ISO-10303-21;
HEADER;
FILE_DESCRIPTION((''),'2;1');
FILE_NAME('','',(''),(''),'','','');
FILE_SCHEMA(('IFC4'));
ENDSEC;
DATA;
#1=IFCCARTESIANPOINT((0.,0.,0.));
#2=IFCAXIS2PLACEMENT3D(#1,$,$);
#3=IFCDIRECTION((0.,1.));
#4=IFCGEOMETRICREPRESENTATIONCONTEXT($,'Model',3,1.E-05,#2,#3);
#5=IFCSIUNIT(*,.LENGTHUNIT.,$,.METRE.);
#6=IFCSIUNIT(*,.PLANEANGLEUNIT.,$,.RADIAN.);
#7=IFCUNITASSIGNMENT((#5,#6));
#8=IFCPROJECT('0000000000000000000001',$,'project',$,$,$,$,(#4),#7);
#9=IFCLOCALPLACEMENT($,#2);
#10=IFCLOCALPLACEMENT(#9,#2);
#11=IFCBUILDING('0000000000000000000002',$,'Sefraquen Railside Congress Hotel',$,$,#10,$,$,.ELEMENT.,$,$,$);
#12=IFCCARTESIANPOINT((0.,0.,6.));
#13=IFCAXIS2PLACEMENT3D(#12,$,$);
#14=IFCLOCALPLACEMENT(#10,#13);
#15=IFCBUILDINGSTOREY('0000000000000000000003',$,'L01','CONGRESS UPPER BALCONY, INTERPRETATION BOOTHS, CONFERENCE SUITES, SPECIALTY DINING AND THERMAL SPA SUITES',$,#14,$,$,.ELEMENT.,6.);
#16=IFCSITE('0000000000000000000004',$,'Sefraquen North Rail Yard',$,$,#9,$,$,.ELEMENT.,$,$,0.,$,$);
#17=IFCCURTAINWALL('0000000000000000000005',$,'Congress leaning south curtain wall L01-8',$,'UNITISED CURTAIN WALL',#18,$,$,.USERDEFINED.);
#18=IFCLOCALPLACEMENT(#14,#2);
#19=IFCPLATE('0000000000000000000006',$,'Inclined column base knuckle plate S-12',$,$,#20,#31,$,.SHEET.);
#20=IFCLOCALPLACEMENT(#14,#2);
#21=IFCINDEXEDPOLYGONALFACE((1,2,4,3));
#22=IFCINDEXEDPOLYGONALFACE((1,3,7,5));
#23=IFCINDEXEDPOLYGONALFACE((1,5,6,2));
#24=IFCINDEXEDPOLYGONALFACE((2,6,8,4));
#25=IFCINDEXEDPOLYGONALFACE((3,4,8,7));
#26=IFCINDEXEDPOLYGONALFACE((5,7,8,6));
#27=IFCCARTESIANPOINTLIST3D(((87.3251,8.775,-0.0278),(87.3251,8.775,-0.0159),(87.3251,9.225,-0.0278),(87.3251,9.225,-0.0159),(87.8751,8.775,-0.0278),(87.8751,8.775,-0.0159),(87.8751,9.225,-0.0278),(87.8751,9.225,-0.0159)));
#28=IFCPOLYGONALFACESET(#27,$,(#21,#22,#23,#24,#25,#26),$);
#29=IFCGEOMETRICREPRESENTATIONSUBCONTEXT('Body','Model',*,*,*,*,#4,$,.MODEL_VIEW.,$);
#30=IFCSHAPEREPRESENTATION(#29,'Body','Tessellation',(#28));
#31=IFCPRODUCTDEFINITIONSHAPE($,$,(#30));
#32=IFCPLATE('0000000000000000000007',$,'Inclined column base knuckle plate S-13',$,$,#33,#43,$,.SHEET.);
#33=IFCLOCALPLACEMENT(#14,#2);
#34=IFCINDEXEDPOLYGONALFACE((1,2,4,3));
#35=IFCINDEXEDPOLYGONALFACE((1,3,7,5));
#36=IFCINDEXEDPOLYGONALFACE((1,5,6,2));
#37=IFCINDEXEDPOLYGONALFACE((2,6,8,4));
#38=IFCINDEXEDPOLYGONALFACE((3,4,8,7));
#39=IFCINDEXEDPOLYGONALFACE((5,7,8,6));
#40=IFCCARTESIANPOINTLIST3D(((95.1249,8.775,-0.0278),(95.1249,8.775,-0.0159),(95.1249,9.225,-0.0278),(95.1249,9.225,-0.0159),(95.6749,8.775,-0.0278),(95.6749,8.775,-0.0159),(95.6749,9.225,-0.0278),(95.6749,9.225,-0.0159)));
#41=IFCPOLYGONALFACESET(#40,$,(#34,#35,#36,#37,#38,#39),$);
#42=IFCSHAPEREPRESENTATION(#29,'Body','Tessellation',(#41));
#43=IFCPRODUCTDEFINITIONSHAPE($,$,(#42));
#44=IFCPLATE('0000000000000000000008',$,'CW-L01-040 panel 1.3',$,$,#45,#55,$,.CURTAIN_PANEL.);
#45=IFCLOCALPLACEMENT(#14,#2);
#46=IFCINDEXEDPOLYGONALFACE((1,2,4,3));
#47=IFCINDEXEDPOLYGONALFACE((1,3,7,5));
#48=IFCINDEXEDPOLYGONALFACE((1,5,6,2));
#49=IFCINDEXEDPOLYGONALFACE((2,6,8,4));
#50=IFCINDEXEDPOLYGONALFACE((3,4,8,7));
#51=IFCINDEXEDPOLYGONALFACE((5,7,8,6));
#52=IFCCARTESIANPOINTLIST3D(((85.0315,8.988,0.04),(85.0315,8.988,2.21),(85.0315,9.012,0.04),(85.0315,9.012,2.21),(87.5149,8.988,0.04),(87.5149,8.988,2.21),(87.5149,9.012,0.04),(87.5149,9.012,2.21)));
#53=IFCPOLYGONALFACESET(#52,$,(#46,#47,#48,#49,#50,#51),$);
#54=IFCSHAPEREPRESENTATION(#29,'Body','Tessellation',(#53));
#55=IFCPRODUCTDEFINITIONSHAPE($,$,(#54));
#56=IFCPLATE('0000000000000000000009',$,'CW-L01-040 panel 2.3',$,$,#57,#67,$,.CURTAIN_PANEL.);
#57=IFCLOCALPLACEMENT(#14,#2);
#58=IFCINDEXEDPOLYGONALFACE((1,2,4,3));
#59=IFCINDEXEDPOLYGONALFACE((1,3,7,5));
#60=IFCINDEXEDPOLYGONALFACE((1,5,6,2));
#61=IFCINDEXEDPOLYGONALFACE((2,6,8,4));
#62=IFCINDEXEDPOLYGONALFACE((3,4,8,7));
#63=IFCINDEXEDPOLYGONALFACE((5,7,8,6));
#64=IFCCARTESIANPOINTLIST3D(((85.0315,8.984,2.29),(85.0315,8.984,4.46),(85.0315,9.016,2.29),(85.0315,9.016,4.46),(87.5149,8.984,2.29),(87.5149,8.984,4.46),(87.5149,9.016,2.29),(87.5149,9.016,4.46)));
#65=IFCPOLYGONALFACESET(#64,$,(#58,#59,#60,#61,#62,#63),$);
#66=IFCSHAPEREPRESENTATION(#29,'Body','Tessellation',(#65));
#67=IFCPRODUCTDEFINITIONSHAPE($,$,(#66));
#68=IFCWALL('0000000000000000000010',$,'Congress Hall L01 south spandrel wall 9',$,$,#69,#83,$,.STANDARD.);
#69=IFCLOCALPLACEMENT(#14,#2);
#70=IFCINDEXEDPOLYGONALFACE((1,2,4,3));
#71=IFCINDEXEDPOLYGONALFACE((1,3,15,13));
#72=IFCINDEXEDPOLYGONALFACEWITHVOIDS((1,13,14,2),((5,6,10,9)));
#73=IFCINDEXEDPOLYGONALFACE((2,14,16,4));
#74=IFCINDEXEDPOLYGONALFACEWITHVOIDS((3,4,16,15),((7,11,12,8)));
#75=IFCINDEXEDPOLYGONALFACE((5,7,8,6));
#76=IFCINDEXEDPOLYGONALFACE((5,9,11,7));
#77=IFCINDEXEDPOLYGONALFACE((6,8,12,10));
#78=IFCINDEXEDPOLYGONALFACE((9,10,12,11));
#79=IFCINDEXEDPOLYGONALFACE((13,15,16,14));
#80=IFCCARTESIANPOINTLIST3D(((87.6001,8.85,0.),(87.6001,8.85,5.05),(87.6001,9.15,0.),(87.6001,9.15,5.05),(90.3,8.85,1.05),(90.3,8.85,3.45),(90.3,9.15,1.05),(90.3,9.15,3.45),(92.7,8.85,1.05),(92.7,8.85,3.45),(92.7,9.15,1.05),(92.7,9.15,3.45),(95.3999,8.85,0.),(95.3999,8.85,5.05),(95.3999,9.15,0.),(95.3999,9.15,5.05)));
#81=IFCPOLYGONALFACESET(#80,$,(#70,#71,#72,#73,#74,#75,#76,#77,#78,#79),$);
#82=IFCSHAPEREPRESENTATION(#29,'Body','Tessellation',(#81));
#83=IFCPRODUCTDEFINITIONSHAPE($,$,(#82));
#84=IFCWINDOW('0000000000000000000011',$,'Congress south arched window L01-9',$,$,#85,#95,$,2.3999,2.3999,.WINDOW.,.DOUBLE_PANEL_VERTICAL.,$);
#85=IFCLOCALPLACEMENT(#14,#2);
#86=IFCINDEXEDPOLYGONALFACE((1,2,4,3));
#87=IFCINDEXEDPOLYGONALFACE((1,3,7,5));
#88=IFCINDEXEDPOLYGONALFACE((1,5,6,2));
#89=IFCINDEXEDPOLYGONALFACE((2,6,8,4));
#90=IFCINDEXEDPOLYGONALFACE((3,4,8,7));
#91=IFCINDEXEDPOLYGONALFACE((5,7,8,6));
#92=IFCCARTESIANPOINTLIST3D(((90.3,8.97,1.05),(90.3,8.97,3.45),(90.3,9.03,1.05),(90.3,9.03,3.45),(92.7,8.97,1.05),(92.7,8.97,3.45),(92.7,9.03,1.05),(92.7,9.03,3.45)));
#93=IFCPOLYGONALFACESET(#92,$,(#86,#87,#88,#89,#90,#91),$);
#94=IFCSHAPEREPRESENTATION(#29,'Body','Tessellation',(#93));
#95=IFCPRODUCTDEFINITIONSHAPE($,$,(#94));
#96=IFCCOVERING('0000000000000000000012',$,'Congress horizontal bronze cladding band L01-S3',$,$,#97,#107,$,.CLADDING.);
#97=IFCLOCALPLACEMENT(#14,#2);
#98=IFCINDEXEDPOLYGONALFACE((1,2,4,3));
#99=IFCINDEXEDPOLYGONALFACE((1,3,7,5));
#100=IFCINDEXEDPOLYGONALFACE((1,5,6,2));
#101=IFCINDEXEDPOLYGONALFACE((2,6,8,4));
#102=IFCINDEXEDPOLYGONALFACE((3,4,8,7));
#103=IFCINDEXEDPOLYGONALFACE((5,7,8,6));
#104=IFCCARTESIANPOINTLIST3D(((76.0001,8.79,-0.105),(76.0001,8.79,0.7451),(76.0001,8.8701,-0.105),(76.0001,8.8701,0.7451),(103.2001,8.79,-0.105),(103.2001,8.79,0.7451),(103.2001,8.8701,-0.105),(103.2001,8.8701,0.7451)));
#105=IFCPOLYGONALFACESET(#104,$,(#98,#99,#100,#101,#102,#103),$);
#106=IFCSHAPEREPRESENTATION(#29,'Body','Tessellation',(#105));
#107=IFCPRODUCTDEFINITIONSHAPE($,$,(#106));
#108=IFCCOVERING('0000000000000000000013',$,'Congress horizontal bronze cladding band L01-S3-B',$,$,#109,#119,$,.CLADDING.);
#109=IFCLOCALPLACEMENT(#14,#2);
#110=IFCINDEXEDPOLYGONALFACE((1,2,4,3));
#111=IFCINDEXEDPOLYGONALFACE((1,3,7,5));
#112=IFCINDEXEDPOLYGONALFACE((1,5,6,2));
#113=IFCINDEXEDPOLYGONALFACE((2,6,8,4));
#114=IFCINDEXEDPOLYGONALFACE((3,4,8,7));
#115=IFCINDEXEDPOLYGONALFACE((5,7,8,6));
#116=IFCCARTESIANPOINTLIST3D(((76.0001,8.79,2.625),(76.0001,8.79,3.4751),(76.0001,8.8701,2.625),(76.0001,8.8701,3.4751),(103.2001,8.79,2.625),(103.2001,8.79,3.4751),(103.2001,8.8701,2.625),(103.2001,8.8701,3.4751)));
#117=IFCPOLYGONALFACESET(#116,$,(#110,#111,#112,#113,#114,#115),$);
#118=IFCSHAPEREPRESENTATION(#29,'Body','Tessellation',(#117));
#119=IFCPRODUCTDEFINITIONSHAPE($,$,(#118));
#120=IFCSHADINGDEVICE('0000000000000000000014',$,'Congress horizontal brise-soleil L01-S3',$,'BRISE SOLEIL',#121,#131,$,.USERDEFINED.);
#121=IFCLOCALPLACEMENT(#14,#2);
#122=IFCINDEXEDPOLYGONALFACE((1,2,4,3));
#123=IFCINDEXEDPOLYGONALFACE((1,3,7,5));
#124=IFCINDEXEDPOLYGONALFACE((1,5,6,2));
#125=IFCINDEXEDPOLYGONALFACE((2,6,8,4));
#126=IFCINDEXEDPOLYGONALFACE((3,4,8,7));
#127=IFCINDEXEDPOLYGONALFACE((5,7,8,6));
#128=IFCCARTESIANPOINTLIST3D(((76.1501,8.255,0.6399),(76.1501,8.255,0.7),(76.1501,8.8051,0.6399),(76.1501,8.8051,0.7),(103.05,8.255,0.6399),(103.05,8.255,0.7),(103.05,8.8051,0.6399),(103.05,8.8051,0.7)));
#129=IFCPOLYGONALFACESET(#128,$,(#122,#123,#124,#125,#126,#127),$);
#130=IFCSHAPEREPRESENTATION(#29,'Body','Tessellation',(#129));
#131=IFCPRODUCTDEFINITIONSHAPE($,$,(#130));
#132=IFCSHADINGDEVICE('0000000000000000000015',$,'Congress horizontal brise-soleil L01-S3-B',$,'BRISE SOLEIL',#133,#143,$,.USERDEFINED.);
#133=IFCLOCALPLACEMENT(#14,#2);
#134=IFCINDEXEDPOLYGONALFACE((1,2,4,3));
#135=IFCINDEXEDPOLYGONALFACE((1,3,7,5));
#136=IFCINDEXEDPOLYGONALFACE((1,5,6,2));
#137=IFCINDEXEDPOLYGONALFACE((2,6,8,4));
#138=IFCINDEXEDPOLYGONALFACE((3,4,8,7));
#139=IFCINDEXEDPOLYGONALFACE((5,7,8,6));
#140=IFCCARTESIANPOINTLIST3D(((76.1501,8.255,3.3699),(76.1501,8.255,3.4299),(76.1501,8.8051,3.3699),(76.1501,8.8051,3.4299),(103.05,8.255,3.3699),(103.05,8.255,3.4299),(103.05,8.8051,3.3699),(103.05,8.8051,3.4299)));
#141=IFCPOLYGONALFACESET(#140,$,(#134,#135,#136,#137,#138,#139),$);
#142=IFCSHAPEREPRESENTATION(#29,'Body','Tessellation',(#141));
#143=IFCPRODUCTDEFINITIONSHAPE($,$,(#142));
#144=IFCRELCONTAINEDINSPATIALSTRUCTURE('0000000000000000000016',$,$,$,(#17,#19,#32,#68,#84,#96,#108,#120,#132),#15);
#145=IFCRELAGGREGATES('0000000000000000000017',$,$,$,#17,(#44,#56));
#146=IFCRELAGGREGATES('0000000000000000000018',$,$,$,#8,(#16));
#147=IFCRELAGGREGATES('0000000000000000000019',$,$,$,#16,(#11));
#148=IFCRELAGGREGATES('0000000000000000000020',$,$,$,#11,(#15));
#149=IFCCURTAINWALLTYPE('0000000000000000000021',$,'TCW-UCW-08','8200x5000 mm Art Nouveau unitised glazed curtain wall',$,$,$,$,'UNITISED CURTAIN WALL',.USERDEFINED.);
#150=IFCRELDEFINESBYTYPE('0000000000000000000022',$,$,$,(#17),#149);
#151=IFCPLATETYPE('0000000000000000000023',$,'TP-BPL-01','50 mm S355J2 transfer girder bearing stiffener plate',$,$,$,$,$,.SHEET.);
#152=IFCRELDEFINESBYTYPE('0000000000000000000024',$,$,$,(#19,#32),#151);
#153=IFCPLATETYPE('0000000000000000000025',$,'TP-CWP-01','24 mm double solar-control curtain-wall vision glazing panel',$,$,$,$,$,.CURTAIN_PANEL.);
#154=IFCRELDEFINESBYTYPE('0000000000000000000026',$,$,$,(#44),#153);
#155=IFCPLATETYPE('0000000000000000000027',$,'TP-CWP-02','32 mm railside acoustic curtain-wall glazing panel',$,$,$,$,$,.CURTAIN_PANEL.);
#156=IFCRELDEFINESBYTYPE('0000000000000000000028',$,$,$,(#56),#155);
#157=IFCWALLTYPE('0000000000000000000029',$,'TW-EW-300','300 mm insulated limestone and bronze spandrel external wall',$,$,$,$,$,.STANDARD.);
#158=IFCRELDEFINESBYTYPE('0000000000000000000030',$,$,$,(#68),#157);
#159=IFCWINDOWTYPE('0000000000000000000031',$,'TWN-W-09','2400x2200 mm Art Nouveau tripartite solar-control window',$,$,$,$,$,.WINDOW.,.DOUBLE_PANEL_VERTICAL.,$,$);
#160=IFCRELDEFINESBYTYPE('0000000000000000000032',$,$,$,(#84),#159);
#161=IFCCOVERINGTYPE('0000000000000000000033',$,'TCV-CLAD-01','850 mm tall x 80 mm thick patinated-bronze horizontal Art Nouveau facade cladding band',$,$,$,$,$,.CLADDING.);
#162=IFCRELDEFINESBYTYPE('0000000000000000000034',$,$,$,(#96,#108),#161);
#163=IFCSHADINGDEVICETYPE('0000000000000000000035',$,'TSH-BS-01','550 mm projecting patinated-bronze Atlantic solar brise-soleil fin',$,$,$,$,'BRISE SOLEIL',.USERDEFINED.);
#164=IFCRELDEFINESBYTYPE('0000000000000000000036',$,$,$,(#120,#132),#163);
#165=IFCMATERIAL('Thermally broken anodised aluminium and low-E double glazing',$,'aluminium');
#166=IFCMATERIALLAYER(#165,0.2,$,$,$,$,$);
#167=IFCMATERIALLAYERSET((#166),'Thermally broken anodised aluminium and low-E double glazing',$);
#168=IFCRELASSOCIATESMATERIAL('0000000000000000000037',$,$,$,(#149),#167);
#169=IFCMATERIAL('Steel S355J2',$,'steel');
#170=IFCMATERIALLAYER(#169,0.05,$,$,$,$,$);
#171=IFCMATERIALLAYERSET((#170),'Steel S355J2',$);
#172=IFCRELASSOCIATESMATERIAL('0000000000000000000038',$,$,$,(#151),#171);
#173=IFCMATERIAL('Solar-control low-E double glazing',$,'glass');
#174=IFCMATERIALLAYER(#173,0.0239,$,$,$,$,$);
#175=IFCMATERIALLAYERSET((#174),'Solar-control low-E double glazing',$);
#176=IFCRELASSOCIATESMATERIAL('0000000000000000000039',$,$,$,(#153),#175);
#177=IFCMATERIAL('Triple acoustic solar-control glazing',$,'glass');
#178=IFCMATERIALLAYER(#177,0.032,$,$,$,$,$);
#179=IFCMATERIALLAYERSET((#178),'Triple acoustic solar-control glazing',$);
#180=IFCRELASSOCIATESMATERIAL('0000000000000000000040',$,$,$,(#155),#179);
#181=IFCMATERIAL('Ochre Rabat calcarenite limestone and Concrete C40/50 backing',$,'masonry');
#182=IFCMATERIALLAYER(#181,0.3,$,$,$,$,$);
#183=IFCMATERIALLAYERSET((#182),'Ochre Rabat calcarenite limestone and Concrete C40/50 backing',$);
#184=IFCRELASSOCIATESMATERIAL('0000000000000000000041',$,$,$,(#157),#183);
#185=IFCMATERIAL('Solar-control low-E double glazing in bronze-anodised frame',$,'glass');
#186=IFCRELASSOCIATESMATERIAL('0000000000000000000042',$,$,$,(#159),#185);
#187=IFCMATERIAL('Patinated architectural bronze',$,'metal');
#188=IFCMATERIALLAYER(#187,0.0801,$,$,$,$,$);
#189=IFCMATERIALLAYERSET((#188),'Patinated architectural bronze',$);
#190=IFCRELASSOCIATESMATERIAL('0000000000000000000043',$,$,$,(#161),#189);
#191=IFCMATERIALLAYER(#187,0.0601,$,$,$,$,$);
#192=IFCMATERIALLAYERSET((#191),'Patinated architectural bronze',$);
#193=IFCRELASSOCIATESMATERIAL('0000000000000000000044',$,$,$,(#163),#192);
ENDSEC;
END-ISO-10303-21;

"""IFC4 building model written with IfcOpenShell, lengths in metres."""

from ifc_helpers import new_model, si_unit, direction, frame, frame_2d, origin, origin_2d, place, context, subcontext, project, spatial, rectangle, extrude, material, layer, layer_set, type_object, element, fill, aggregate, save


model = new_model("IFC4")

# Units and contexts
model_context = context("Model", 3, precision=1e-05, world=origin(), true_north=direction((0.0, 1.0)))
body_context = subcontext(model_context, "Body", "Model", "MODEL_VIEW")
ifc_project = project(units=[si_unit("LENGTHUNIT", "METRE"), si_unit("PLANEANGLEUNIT", "RADIAN")], contexts=[model_context])

# Site, building, storey
site_placement = place(None, origin())
site = spatial("IfcSite", under=ifc_project, at=site_placement, Name="Sefraquen North Rail Yard", CompositionType="ELEMENT", RefElevation=0.0)
building_placement = place(site_placement, origin())
building = spatial("IfcBuilding", under=site, at=building_placement, Name="Sefraquen Railside Congress Hotel", CompositionType="ELEMENT")
storey_placement = place(building_placement, frame((0.0, 0.0, 6.0)))
storey = spatial("IfcBuildingStorey", under=building, at=storey_placement, Name="L01", Description="CONGRESS UPPER BALCONY, INTERPRETATION BOOTHS, CONFERENCE SUITES, SPECIALTY DINING AND THERMAL SPA SUITES", CompositionType="ELEMENT", Elevation=6.0)

# Shared definitions
ifc_material_1 = material(Name="Steel S355J2", Category="steel")

# Curtain wall
ifc_material_2 = material(Name="Thermally broken anodised aluminium and low-E double glazing", Category="aluminium")
ifc_layer_1 = layer(ifc_material_2, 0.2)
ifc_layer_set_1 = layer_set([ifc_layer_1], Name="Thermally broken anodised aluminium and low-E double glazing")
curtain_wall_type = type_object("IfcCurtainWallType", Name="TCW-UCW-08", Description="8200x5000 mm Art Nouveau unitised glazed curtain wall", ElementType="UNITISED CURTAIN WALL", PredefinedType="USERDEFINED", material=ifc_layer_set_1)
curtain_wall_placement = place(storey_placement, origin())
curtain_wall = element("IfcCurtainWall", 1, at=curtain_wall_placement, inside=storey, type_object=curtain_wall_type, Name="Congress leaning south curtain wall L01-8", ObjectType="UNITISED CURTAIN WALL", PredefinedType="USERDEFINED")

# Plates
ifc_layer_2 = layer(ifc_material_1, 0.05)
ifc_layer_set_2 = layer_set([ifc_layer_2], Name="Steel S355J2")
plate_type_1 = type_object("IfcPlateType", Name="TP-BPL-01", Description="50 mm S355J2 transfer girder bearing stiffener plate", PredefinedType="SHEET", material=ifc_layer_set_2)
for number, where, z_axis, x_axis, name in (
    (2, (87.6001, 9.0, -0.0278), (0.0, 0.0, 1.0), (1.0, 0.0, 0.0), "Inclined column base knuckle plate S-12"),
    (3, (95.3999, 9.0, -0.0278), (0.0, 0.0, 1.0), (1.0, 0.0, 0.0), "Inclined column base knuckle plate S-13"),
):
    element("IfcPlate", number, at=place(storey_placement, frame(where, z_axis=z_axis, x_axis=x_axis)), inside=storey, type_object=plate_type_1, Name=name, PredefinedType="SHEET", context=body_context, shape_type="SweptSolid", body=[
        extrude(rectangle(XDim=0.55, YDim=0.45, at=origin_2d()), origin(), (0.0, 0.0, 1.0), 0.012),
    ])

# Plates
ifc_material_3 = material(Name="Solar-control low-E double glazing", Category="glass")
ifc_layer_3 = layer(ifc_material_3, 0.0239)
ifc_layer_set_3 = layer_set([ifc_layer_3], Name="Solar-control low-E double glazing")
plate_type_2 = type_object("IfcPlateType", Name="TP-CWP-01", Description="24 mm double solar-control curtain-wall vision glazing panel", PredefinedType="CURTAIN_PANEL", material=ifc_layer_set_3)
plate_1_placement = place(storey_placement, frame((86.2732, 9.0, 0.04), z_axis=(0.0, 0.0, 1.0), x_axis=(1.0, 0.0, 0.0)))
plate_1 = element("IfcPlate", 4, at=plate_1_placement, type_object=plate_type_2, Name="CW-L01-040 panel 1.3", PredefinedType="CURTAIN_PANEL", context=body_context, shape_type="SweptSolid", body=[
    extrude(rectangle(XDim=2.4834, YDim=0.0239, at=origin_2d()), origin(), (0.0, 0.0, 1.0), 2.1699),
])
ifc_material_4 = material(Name="Triple acoustic solar-control glazing", Category="glass")
ifc_layer_4 = layer(ifc_material_4, 0.032)
ifc_layer_set_4 = layer_set([ifc_layer_4], Name="Triple acoustic solar-control glazing")
plate_type_3 = type_object("IfcPlateType", Name="TP-CWP-02", Description="32 mm railside acoustic curtain-wall glazing panel", PredefinedType="CURTAIN_PANEL", material=ifc_layer_set_4)
plate_2_placement = place(storey_placement, frame((86.2732, 9.0, 2.29), z_axis=(0.0, 0.0, 1.0), x_axis=(1.0, 0.0, 0.0)))
plate_2 = element("IfcPlate", 5, at=plate_2_placement, type_object=plate_type_3, Name="CW-L01-040 panel 2.3", PredefinedType="CURTAIN_PANEL", context=body_context, shape_type="SweptSolid", body=[
    extrude(rectangle(XDim=2.4834, YDim=0.032, at=origin_2d()), origin(), (0.0, 0.0, 1.0), 2.1699),
])
aggregate(curtain_wall, [plate_1, plate_2])

# Wall, opening, window
ifc_material_5 = material(Name="Ochre Rabat calcarenite limestone and Concrete C40/50 backing", Category="masonry")
ifc_layer_5 = layer(ifc_material_5, 0.3)
ifc_layer_set_5 = layer_set([ifc_layer_5], Name="Ochre Rabat calcarenite limestone and Concrete C40/50 backing")
wall_type = type_object("IfcWallType", Name="TW-EW-300", Description="300 mm insulated limestone and bronze spandrel external wall", PredefinedType="STANDARD", material=ifc_layer_set_5)
wall_placement = place(storey_placement, frame((87.6001, 9.0, 0.0), z_axis=(0.0, 0.0, 1.0), x_axis=(1.0, 0.0, 0.0)))
wall = element("IfcWall", 6, at=wall_placement, inside=storey, type_object=wall_type, Name="Congress Hall L01 south spandrel wall 9", PredefinedType="STANDARD", context=body_context, shape_type="SweptSolid", body=[
    extrude(rectangle(XDim=7.7998, YDim=0.3, at=frame_2d((3.8999, 0.0))), origin(), (0.0, 0.0, 1.0), 5.05),
])
opening_placement = place(wall_placement, frame((2.7, 0.0, 1.05)))
opening = element("IfcOpeningElement", 7, at=opening_placement, cuts=wall, PredefinedType="OPENING", context=body_context, shape_type="SweptSolid", body=[
    extrude(rectangle(XDim=2.3999, YDim=2.3999, at=frame_2d((1.2, 1.2))), frame((0.0, 0.1599, 0.0), z_axis=(0.0, -1.0, 0.0), x_axis=(1.0, 0.0, 0.0)), (0.0, 0.0, 1.0), 0.3201),
])
ifc_material_6 = material(Name="Solar-control low-E double glazing in bronze-anodised frame", Category="glass")
window_type = type_object("IfcWindowType", Name="TWN-W-09", Description="2400x2200 mm Art Nouveau tripartite solar-control window", PartitioningType="DOUBLE_PANEL_VERTICAL", PredefinedType="WINDOW", material=ifc_material_6)
window_placement = place(opening_placement, origin())
window = element("IfcWindow", 8, at=window_placement, inside=storey, type_object=window_type, Name="Congress south arched window L01-9", OverallHeight=2.3999, OverallWidth=2.3999, PartitioningType="DOUBLE_PANEL_VERTICAL", PredefinedType="WINDOW", context=body_context, shape_type="SweptSolid", body=[
    extrude(rectangle(XDim=2.3999, YDim=2.3999, at=frame_2d((1.2, 1.2))), frame((0.0, 0.03, 0.0), z_axis=(0.0, -1.0, 0.0), x_axis=(1.0, 0.0, 0.0)), (0.0, 0.0, 1.0), 0.0601),
])
fill(opening, window)

# Coverings
ifc_material_7 = material(Name="Patinated architectural bronze", Category="metal")
ifc_layer_6 = layer(ifc_material_7, 0.0801)
ifc_layer_set_6 = layer_set([ifc_layer_6], Name="Patinated architectural bronze")
covering_type = type_object("IfcCoveringType", Name="TCV-CLAD-01", Description="850 mm tall x 80 mm thick patinated-bronze horizontal Art Nouveau facade cladding band", PredefinedType="CLADDING", material=ifc_layer_set_6)
for number, where, z_axis, x_axis, name in (
    (9, (89.6001, 8.8301, -0.105), (0.0, 0.0, 1.0), (1.0, 0.0, 0.0), "Congress horizontal bronze cladding band L01-S3"),
    (10, (89.6001, 8.8301, 2.625), (0.0, 0.0, 1.0), (1.0, 0.0, 0.0), "Congress horizontal bronze cladding band L01-S3-B"),
):
    element("IfcCovering", number, at=place(storey_placement, frame(where, z_axis=z_axis, x_axis=x_axis)), inside=storey, type_object=covering_type, Name=name, PredefinedType="CLADDING", context=body_context, shape_type="SweptSolid", body=[
        extrude(rectangle(XDim=27.2, YDim=0.0801, at=origin_2d()), origin(), (0.0, 0.0, 1.0), 0.8501),
    ])

# Shading devices
ifc_layer_7 = layer(ifc_material_7, 0.0601)
ifc_layer_set_7 = layer_set([ifc_layer_7], Name="Patinated architectural bronze")
shading_device_type = type_object("IfcShadingDeviceType", Name="TSH-BS-01", Description="550 mm projecting patinated-bronze Atlantic solar brise-soleil fin", ElementType="BRISE SOLEIL", PredefinedType="USERDEFINED", material=ifc_layer_set_7)
for number, where, z_axis, x_axis, name in (
    (11, (89.6001, 8.53, 0.6399), (0.0, 0.0, 1.0), (1.0, 0.0, 0.0), "Congress horizontal brise-soleil L01-S3"),
    (12, (89.6001, 8.53, 3.3699), (0.0, 0.0, 1.0), (1.0, 0.0, 0.0), "Congress horizontal brise-soleil L01-S3-B"),
):
    element("IfcShadingDevice", number, at=place(storey_placement, frame(where, z_axis=z_axis, x_axis=x_axis)), inside=storey, type_object=shading_device_type, Name=name, ObjectType="BRISE SOLEIL", PredefinedType="USERDEFINED", context=body_context, shape_type="SweptSolid", body=[
        extrude(rectangle(XDim=26.8999, YDim=0.55, at=origin_2d()), origin(), (0.0, 0.0, 1.0), 0.0601),
    ])

save(model, "model.ifc")
